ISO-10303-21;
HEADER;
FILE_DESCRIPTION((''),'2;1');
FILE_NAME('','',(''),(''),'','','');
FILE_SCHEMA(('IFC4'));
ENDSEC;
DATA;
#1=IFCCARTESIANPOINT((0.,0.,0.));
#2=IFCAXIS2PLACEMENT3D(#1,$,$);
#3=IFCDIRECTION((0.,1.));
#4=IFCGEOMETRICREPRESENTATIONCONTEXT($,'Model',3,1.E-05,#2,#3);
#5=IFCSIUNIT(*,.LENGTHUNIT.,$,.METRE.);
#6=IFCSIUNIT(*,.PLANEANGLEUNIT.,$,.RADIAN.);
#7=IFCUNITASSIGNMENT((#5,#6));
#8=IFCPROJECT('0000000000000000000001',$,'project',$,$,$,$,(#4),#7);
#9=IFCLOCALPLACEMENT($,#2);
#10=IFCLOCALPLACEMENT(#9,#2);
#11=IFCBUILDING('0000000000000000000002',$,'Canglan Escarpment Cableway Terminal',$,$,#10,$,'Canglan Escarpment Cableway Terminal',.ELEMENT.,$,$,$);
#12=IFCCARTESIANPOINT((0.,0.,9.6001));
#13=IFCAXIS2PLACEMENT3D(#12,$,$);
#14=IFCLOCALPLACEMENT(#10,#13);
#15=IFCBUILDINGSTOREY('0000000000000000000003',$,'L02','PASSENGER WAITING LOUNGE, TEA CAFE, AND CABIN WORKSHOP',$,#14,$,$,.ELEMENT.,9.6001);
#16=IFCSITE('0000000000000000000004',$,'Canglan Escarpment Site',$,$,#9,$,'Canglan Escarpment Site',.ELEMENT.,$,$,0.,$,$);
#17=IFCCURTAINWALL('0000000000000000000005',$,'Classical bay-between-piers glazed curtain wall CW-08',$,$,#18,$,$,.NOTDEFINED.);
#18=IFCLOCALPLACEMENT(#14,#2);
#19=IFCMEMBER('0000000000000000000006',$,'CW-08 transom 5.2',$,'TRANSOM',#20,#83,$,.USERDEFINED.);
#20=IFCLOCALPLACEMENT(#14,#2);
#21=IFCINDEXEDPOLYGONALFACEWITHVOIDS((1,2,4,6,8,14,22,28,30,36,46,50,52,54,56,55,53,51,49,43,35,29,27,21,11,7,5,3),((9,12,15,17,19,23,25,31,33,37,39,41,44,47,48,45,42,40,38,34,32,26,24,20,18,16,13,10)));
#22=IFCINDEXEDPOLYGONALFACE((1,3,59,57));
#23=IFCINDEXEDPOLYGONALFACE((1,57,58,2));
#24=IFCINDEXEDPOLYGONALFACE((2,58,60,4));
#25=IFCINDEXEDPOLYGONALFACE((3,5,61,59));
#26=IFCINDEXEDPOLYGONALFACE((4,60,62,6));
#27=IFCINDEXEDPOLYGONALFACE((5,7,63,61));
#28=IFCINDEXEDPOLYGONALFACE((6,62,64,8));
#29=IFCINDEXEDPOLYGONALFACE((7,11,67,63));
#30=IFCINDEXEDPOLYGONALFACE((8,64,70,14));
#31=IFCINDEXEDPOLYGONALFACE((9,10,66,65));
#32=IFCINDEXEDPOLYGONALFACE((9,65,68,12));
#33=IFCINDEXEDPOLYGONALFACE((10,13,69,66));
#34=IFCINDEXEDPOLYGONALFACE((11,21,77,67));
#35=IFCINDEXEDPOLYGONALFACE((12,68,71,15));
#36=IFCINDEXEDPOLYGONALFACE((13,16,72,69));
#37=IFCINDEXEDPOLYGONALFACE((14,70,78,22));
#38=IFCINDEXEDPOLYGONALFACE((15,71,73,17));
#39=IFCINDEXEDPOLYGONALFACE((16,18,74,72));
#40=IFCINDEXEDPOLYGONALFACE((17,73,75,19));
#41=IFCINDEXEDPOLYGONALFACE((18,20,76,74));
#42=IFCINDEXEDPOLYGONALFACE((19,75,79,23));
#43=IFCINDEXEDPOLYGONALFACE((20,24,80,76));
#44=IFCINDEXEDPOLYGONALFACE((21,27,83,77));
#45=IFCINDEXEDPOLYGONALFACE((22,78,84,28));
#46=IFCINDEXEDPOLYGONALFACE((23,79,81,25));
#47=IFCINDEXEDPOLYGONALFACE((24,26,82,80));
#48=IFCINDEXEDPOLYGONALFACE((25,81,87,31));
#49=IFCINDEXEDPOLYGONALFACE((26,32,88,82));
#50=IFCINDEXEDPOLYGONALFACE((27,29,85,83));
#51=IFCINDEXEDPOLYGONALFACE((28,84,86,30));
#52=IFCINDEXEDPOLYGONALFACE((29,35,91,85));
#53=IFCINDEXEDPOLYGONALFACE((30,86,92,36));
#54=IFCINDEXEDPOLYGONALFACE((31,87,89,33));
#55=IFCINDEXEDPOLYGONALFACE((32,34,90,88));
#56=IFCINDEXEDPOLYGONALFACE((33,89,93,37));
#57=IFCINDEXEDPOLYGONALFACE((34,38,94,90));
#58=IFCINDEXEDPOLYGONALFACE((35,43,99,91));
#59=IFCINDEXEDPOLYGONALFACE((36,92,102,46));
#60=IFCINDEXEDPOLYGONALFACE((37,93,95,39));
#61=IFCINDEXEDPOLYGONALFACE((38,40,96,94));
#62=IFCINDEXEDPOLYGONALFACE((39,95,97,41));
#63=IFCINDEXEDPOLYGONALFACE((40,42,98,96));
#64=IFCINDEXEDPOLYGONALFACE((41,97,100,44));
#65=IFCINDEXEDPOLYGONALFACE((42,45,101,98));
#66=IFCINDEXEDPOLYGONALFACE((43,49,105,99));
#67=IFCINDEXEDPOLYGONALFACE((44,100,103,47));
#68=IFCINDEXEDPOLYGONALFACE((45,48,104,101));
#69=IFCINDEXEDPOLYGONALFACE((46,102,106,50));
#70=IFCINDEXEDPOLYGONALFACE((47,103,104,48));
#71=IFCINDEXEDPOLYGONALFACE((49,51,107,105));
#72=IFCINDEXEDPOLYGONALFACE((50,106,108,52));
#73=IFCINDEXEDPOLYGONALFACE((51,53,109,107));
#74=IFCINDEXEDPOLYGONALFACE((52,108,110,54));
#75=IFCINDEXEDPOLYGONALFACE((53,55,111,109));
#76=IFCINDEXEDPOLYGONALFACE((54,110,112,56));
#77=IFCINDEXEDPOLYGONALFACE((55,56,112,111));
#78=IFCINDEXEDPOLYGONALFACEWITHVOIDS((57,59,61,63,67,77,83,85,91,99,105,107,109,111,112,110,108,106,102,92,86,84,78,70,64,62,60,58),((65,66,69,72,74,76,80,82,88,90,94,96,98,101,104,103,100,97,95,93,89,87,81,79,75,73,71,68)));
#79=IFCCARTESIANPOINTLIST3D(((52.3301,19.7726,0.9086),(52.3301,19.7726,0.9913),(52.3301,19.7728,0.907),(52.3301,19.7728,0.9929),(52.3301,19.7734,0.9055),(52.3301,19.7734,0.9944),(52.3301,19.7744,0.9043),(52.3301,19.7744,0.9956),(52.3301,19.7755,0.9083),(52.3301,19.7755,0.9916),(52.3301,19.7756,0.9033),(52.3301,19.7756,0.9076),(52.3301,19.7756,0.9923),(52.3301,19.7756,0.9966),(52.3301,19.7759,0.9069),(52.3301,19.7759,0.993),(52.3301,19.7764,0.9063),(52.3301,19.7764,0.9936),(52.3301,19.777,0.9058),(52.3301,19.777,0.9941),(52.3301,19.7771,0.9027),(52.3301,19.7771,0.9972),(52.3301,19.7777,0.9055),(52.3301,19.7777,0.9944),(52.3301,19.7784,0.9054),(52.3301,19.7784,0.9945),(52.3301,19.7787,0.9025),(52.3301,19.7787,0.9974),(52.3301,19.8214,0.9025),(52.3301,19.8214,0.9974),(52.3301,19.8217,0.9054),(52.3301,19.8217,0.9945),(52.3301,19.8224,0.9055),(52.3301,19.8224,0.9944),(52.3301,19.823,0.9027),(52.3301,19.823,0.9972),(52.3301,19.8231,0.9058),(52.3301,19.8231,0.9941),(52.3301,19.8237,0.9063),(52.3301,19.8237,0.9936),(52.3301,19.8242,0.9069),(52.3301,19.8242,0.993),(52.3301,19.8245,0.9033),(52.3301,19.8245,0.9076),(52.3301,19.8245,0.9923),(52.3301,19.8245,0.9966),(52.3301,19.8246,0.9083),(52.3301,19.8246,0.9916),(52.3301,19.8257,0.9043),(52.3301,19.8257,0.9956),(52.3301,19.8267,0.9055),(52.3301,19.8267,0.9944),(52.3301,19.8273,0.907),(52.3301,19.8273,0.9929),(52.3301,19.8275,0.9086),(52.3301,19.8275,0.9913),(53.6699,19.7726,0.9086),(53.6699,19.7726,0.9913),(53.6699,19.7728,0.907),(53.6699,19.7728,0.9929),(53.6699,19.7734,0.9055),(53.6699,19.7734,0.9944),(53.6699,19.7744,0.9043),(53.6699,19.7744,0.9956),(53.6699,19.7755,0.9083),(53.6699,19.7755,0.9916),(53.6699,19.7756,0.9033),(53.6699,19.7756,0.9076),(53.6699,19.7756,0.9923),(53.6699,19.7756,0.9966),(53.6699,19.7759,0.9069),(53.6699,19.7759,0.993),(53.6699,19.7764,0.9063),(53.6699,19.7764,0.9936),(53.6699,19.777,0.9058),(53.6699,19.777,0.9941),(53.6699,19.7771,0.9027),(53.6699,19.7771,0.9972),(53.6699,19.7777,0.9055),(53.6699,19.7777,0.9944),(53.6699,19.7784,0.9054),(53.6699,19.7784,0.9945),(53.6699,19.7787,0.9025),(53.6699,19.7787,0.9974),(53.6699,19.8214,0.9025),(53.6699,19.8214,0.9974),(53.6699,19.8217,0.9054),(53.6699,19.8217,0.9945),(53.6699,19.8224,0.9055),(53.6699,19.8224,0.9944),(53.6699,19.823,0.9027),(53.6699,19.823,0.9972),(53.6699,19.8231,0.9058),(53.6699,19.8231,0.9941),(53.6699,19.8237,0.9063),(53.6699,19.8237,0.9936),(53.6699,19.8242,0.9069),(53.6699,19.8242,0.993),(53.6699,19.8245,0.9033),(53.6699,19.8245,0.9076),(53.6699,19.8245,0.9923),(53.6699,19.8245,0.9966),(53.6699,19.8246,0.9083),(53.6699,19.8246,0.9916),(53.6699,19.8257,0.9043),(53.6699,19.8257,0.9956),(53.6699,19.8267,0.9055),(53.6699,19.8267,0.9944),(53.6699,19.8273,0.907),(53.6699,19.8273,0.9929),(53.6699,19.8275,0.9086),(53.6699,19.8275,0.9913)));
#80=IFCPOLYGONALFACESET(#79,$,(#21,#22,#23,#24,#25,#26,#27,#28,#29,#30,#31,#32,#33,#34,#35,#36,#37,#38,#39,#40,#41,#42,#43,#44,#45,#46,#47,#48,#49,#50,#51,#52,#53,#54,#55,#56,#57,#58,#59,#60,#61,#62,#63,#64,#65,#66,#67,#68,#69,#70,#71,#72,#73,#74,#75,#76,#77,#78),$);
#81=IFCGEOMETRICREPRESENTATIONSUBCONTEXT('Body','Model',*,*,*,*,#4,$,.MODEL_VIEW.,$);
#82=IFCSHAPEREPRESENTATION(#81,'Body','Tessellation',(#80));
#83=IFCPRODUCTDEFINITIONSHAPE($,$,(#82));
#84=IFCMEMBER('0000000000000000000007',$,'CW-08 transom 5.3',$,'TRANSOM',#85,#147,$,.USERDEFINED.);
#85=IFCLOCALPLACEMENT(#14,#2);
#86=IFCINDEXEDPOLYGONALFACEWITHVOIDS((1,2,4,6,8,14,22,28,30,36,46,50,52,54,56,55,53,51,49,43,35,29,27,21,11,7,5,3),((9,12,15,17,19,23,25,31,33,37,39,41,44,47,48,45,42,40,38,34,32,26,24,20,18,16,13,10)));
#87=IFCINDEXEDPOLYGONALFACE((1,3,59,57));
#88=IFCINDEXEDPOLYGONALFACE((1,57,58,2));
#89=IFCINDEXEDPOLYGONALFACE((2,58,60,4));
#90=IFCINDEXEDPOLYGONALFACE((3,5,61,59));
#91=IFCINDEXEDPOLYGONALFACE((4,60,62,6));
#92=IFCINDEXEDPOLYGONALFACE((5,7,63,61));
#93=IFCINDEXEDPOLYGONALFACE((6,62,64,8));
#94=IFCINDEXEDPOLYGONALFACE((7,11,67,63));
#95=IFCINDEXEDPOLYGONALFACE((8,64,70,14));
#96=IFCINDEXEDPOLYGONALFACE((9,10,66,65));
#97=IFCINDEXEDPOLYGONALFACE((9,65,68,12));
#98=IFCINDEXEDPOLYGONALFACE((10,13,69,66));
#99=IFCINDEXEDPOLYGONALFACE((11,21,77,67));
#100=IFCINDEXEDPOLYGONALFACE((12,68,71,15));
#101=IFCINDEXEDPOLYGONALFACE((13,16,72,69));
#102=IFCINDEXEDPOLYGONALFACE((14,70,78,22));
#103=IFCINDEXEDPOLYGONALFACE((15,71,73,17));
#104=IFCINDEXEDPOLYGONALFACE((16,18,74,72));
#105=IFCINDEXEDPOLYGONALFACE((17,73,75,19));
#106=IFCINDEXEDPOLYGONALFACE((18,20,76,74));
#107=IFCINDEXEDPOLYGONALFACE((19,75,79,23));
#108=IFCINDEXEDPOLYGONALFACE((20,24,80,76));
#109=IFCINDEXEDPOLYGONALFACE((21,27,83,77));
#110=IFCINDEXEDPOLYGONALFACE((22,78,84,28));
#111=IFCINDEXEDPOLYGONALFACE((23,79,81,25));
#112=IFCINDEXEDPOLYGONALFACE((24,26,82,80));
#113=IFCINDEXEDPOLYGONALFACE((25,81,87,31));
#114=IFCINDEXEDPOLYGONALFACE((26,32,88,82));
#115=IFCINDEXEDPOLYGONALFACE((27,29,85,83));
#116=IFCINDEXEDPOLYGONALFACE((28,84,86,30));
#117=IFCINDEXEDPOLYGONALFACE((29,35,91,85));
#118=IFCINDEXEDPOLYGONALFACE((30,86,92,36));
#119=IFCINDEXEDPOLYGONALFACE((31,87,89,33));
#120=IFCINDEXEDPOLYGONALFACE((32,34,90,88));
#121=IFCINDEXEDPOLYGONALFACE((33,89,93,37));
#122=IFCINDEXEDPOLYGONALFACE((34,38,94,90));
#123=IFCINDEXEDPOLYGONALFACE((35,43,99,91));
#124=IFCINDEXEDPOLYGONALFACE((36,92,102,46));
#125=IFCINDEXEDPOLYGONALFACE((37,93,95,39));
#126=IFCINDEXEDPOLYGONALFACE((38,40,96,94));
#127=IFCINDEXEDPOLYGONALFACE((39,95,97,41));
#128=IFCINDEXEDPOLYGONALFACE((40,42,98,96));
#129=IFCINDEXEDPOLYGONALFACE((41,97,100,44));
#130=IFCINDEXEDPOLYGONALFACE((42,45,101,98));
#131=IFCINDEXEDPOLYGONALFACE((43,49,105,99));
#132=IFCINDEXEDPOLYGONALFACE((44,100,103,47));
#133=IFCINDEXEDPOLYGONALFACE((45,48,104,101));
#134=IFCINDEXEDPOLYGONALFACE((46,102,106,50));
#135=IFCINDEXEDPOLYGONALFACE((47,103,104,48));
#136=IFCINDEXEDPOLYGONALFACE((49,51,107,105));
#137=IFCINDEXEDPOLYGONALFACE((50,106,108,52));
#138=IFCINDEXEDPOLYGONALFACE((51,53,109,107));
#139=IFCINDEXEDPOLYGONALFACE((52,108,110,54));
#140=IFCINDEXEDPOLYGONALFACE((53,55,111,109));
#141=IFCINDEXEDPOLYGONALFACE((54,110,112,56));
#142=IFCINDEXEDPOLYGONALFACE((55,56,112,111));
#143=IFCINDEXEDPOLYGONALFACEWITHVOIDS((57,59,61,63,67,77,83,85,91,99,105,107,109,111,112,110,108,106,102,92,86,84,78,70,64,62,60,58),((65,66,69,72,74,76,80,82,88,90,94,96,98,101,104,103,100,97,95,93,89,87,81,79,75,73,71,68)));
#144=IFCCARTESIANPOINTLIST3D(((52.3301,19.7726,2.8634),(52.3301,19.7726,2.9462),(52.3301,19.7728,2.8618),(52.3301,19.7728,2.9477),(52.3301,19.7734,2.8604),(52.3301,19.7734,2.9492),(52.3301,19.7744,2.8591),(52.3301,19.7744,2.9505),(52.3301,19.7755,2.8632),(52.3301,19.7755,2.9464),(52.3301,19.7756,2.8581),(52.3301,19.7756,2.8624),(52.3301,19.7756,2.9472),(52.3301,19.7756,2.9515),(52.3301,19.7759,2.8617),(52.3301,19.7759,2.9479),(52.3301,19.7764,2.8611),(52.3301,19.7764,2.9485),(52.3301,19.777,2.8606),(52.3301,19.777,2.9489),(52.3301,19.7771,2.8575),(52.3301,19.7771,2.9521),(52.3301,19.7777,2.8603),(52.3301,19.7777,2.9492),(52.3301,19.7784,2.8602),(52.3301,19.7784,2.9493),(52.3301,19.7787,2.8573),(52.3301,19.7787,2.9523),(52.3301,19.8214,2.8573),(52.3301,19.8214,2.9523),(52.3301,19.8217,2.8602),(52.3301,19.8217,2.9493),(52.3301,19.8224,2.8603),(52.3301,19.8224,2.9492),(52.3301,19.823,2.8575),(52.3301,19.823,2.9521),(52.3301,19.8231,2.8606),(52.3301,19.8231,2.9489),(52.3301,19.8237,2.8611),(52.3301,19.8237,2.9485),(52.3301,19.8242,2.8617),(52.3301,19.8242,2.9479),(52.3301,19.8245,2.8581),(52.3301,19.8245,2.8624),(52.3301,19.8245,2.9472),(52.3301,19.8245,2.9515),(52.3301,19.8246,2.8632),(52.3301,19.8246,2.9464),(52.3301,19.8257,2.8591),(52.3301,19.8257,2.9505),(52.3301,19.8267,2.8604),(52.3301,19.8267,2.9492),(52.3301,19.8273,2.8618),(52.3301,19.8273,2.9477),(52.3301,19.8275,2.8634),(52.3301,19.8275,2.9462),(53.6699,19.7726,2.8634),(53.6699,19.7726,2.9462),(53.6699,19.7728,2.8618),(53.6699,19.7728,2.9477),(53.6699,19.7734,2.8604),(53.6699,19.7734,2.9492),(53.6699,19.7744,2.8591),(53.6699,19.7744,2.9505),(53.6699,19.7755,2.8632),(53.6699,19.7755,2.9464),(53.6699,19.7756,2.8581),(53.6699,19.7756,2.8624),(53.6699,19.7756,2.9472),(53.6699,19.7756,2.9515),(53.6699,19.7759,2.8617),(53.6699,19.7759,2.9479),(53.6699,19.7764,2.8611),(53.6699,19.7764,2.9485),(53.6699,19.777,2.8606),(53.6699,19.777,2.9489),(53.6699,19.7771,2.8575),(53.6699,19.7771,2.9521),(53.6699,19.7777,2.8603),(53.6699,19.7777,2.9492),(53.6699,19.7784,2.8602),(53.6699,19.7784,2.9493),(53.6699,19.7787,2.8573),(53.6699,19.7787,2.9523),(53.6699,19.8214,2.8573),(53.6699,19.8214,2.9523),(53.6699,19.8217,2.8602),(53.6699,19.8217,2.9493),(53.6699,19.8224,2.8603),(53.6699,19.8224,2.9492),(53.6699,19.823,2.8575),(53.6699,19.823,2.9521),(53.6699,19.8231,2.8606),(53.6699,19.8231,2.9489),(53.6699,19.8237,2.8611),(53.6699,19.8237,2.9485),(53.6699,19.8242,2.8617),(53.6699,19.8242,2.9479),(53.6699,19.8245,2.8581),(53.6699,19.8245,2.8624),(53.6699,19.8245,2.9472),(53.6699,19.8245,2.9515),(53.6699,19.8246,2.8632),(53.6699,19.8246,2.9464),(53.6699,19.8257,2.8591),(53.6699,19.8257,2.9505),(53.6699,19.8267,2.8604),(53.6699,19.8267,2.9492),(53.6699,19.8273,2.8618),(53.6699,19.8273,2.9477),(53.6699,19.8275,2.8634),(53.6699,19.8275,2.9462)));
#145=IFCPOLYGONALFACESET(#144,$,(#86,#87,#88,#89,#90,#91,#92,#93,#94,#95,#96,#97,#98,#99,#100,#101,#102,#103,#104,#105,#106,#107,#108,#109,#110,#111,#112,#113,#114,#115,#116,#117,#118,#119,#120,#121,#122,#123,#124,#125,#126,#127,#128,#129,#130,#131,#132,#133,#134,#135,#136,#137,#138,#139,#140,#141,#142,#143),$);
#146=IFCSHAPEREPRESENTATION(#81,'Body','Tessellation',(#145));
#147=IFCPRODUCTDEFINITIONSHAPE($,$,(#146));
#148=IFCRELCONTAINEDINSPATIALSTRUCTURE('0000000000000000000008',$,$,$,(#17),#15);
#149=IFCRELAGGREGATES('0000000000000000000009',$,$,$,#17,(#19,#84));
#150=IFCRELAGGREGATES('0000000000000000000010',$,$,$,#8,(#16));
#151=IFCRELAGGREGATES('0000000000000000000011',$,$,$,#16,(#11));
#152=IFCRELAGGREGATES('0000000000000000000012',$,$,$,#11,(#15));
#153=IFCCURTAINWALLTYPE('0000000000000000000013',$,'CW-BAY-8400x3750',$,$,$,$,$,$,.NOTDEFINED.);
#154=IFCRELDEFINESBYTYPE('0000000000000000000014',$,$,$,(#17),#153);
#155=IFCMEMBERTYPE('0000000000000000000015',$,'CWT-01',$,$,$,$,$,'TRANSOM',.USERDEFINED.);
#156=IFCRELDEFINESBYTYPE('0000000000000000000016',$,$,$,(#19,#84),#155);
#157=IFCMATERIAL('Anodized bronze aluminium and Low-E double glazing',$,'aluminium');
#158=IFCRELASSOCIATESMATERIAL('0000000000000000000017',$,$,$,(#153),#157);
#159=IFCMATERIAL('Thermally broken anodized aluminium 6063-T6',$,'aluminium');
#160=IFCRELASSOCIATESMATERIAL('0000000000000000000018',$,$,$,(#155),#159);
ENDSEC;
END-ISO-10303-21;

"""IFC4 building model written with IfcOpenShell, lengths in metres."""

from ifc_helpers import new_model, si_unit, direction, frame, origin, origin_2d, place, context, subcontext, project, spatial, hollow_rectangle, extrude, material, material_profile, profile_set, type_object, element, aggregate, save


model = new_model("IFC4")

# Units and contexts
model_context = context("Model", 3, precision=1e-05, world=origin(), true_north=direction((0.0, 1.0)))
body_context = subcontext(model_context, "Body", "Model", "MODEL_VIEW")
ifc_project = project(units=[si_unit("LENGTHUNIT", "METRE"), si_unit("PLANEANGLEUNIT", "RADIAN")], contexts=[model_context])

# Site, building, storey
site_placement = place(None, origin())
site = spatial("IfcSite", under=ifc_project, at=site_placement, Name="Canglan Escarpment Site", LongName="Canglan Escarpment Site", CompositionType="ELEMENT", RefElevation=0.0)
building_placement = place(site_placement, origin())
building = spatial("IfcBuilding", under=site, at=building_placement, Name="Canglan Escarpment Cableway Terminal", LongName="Canglan Escarpment Cableway Terminal", CompositionType="ELEMENT")
storey_placement = place(building_placement, frame((0.0, 0.0, 9.6001)))
storey = spatial("IfcBuildingStorey", under=building, at=storey_placement, Name="L02", Description="PASSENGER WAITING LOUNGE, TEA CAFE, AND CABIN WORKSHOP", CompositionType="ELEMENT", Elevation=9.6001)

# Curtain wall, members
ifc_material_1 = material(Name="Anodized bronze aluminium and Low-E double glazing", Category="aluminium")
curtain_wall_type = type_object("IfcCurtainWallType", Name="CW-BAY-8400x3750", PredefinedType="NOTDEFINED", material=ifc_material_1)
curtain_wall_placement = place(storey_placement, origin())
curtain_wall = element("IfcCurtainWall", 1, at=curtain_wall_placement, inside=storey, type_object=curtain_wall_type, Name="Classical bay-between-piers glazed curtain wall CW-08", PredefinedType="NOTDEFINED")
ifc_material_2 = material(Name="Thermally broken anodized aluminium 6063-T6", Category="aluminium")
ifc_material_profile_1 = material_profile(ifc_material_2, hollow_rectangle(XDim=0.0549, YDim=0.095, WallThickness=0.0029, InnerFilletRadius=0.0029, OuterFilletRadius=0.0061, at=origin_2d()), Name="ALU-TRAN 55x95x3")
ifc_profile_set_1 = profile_set([ifc_material_profile_1], Name="Thermally broken anodized aluminium 6063-T6")
member_type_1 = type_object("IfcMemberType", Name="CWT-01", ElementType="TRANSOM", PredefinedType="USERDEFINED", material=ifc_profile_set_1)
member_1_placement = place(storey_placement, frame((53.6699, 19.8, 0.95), z_axis=(-1.0, 0.0, 0.0), x_axis=(0.0, -1.0, 0.0)))
member_1 = element("IfcMember", 2, at=member_1_placement, type_object=member_type_1, Name="CW-08 transom 5.2", ObjectType="TRANSOM", PredefinedType="USERDEFINED", context=body_context, shape_type="SweptSolid", body=[
    extrude(hollow_rectangle(XDim=0.0549, YDim=0.095, WallThickness=0.0029, InnerFilletRadius=0.0029, OuterFilletRadius=0.0061, at=origin_2d()), origin(), (0.0, 0.0, 1.0), 1.3398),
])
member_2_placement = place(storey_placement, frame((53.6699, 19.8, 2.9048), z_axis=(-1.0, 0.0, 0.0), x_axis=(0.0, -1.0, 0.0)))
member_2 = element("IfcMember", 3, at=member_2_placement, type_object=member_type_1, Name="CW-08 transom 5.3", ObjectType="TRANSOM", PredefinedType="USERDEFINED", context=body_context, shape_type="SweptSolid", body=[
    extrude(hollow_rectangle(XDim=0.0549, YDim=0.095, WallThickness=0.0029, InnerFilletRadius=0.0029, OuterFilletRadius=0.0061, at=origin_2d()), origin(), (0.0, 0.0, 1.0), 1.3398),
])

aggregate(curtain_wall, [member_1, member_2])

save(model, "model.ifc")
